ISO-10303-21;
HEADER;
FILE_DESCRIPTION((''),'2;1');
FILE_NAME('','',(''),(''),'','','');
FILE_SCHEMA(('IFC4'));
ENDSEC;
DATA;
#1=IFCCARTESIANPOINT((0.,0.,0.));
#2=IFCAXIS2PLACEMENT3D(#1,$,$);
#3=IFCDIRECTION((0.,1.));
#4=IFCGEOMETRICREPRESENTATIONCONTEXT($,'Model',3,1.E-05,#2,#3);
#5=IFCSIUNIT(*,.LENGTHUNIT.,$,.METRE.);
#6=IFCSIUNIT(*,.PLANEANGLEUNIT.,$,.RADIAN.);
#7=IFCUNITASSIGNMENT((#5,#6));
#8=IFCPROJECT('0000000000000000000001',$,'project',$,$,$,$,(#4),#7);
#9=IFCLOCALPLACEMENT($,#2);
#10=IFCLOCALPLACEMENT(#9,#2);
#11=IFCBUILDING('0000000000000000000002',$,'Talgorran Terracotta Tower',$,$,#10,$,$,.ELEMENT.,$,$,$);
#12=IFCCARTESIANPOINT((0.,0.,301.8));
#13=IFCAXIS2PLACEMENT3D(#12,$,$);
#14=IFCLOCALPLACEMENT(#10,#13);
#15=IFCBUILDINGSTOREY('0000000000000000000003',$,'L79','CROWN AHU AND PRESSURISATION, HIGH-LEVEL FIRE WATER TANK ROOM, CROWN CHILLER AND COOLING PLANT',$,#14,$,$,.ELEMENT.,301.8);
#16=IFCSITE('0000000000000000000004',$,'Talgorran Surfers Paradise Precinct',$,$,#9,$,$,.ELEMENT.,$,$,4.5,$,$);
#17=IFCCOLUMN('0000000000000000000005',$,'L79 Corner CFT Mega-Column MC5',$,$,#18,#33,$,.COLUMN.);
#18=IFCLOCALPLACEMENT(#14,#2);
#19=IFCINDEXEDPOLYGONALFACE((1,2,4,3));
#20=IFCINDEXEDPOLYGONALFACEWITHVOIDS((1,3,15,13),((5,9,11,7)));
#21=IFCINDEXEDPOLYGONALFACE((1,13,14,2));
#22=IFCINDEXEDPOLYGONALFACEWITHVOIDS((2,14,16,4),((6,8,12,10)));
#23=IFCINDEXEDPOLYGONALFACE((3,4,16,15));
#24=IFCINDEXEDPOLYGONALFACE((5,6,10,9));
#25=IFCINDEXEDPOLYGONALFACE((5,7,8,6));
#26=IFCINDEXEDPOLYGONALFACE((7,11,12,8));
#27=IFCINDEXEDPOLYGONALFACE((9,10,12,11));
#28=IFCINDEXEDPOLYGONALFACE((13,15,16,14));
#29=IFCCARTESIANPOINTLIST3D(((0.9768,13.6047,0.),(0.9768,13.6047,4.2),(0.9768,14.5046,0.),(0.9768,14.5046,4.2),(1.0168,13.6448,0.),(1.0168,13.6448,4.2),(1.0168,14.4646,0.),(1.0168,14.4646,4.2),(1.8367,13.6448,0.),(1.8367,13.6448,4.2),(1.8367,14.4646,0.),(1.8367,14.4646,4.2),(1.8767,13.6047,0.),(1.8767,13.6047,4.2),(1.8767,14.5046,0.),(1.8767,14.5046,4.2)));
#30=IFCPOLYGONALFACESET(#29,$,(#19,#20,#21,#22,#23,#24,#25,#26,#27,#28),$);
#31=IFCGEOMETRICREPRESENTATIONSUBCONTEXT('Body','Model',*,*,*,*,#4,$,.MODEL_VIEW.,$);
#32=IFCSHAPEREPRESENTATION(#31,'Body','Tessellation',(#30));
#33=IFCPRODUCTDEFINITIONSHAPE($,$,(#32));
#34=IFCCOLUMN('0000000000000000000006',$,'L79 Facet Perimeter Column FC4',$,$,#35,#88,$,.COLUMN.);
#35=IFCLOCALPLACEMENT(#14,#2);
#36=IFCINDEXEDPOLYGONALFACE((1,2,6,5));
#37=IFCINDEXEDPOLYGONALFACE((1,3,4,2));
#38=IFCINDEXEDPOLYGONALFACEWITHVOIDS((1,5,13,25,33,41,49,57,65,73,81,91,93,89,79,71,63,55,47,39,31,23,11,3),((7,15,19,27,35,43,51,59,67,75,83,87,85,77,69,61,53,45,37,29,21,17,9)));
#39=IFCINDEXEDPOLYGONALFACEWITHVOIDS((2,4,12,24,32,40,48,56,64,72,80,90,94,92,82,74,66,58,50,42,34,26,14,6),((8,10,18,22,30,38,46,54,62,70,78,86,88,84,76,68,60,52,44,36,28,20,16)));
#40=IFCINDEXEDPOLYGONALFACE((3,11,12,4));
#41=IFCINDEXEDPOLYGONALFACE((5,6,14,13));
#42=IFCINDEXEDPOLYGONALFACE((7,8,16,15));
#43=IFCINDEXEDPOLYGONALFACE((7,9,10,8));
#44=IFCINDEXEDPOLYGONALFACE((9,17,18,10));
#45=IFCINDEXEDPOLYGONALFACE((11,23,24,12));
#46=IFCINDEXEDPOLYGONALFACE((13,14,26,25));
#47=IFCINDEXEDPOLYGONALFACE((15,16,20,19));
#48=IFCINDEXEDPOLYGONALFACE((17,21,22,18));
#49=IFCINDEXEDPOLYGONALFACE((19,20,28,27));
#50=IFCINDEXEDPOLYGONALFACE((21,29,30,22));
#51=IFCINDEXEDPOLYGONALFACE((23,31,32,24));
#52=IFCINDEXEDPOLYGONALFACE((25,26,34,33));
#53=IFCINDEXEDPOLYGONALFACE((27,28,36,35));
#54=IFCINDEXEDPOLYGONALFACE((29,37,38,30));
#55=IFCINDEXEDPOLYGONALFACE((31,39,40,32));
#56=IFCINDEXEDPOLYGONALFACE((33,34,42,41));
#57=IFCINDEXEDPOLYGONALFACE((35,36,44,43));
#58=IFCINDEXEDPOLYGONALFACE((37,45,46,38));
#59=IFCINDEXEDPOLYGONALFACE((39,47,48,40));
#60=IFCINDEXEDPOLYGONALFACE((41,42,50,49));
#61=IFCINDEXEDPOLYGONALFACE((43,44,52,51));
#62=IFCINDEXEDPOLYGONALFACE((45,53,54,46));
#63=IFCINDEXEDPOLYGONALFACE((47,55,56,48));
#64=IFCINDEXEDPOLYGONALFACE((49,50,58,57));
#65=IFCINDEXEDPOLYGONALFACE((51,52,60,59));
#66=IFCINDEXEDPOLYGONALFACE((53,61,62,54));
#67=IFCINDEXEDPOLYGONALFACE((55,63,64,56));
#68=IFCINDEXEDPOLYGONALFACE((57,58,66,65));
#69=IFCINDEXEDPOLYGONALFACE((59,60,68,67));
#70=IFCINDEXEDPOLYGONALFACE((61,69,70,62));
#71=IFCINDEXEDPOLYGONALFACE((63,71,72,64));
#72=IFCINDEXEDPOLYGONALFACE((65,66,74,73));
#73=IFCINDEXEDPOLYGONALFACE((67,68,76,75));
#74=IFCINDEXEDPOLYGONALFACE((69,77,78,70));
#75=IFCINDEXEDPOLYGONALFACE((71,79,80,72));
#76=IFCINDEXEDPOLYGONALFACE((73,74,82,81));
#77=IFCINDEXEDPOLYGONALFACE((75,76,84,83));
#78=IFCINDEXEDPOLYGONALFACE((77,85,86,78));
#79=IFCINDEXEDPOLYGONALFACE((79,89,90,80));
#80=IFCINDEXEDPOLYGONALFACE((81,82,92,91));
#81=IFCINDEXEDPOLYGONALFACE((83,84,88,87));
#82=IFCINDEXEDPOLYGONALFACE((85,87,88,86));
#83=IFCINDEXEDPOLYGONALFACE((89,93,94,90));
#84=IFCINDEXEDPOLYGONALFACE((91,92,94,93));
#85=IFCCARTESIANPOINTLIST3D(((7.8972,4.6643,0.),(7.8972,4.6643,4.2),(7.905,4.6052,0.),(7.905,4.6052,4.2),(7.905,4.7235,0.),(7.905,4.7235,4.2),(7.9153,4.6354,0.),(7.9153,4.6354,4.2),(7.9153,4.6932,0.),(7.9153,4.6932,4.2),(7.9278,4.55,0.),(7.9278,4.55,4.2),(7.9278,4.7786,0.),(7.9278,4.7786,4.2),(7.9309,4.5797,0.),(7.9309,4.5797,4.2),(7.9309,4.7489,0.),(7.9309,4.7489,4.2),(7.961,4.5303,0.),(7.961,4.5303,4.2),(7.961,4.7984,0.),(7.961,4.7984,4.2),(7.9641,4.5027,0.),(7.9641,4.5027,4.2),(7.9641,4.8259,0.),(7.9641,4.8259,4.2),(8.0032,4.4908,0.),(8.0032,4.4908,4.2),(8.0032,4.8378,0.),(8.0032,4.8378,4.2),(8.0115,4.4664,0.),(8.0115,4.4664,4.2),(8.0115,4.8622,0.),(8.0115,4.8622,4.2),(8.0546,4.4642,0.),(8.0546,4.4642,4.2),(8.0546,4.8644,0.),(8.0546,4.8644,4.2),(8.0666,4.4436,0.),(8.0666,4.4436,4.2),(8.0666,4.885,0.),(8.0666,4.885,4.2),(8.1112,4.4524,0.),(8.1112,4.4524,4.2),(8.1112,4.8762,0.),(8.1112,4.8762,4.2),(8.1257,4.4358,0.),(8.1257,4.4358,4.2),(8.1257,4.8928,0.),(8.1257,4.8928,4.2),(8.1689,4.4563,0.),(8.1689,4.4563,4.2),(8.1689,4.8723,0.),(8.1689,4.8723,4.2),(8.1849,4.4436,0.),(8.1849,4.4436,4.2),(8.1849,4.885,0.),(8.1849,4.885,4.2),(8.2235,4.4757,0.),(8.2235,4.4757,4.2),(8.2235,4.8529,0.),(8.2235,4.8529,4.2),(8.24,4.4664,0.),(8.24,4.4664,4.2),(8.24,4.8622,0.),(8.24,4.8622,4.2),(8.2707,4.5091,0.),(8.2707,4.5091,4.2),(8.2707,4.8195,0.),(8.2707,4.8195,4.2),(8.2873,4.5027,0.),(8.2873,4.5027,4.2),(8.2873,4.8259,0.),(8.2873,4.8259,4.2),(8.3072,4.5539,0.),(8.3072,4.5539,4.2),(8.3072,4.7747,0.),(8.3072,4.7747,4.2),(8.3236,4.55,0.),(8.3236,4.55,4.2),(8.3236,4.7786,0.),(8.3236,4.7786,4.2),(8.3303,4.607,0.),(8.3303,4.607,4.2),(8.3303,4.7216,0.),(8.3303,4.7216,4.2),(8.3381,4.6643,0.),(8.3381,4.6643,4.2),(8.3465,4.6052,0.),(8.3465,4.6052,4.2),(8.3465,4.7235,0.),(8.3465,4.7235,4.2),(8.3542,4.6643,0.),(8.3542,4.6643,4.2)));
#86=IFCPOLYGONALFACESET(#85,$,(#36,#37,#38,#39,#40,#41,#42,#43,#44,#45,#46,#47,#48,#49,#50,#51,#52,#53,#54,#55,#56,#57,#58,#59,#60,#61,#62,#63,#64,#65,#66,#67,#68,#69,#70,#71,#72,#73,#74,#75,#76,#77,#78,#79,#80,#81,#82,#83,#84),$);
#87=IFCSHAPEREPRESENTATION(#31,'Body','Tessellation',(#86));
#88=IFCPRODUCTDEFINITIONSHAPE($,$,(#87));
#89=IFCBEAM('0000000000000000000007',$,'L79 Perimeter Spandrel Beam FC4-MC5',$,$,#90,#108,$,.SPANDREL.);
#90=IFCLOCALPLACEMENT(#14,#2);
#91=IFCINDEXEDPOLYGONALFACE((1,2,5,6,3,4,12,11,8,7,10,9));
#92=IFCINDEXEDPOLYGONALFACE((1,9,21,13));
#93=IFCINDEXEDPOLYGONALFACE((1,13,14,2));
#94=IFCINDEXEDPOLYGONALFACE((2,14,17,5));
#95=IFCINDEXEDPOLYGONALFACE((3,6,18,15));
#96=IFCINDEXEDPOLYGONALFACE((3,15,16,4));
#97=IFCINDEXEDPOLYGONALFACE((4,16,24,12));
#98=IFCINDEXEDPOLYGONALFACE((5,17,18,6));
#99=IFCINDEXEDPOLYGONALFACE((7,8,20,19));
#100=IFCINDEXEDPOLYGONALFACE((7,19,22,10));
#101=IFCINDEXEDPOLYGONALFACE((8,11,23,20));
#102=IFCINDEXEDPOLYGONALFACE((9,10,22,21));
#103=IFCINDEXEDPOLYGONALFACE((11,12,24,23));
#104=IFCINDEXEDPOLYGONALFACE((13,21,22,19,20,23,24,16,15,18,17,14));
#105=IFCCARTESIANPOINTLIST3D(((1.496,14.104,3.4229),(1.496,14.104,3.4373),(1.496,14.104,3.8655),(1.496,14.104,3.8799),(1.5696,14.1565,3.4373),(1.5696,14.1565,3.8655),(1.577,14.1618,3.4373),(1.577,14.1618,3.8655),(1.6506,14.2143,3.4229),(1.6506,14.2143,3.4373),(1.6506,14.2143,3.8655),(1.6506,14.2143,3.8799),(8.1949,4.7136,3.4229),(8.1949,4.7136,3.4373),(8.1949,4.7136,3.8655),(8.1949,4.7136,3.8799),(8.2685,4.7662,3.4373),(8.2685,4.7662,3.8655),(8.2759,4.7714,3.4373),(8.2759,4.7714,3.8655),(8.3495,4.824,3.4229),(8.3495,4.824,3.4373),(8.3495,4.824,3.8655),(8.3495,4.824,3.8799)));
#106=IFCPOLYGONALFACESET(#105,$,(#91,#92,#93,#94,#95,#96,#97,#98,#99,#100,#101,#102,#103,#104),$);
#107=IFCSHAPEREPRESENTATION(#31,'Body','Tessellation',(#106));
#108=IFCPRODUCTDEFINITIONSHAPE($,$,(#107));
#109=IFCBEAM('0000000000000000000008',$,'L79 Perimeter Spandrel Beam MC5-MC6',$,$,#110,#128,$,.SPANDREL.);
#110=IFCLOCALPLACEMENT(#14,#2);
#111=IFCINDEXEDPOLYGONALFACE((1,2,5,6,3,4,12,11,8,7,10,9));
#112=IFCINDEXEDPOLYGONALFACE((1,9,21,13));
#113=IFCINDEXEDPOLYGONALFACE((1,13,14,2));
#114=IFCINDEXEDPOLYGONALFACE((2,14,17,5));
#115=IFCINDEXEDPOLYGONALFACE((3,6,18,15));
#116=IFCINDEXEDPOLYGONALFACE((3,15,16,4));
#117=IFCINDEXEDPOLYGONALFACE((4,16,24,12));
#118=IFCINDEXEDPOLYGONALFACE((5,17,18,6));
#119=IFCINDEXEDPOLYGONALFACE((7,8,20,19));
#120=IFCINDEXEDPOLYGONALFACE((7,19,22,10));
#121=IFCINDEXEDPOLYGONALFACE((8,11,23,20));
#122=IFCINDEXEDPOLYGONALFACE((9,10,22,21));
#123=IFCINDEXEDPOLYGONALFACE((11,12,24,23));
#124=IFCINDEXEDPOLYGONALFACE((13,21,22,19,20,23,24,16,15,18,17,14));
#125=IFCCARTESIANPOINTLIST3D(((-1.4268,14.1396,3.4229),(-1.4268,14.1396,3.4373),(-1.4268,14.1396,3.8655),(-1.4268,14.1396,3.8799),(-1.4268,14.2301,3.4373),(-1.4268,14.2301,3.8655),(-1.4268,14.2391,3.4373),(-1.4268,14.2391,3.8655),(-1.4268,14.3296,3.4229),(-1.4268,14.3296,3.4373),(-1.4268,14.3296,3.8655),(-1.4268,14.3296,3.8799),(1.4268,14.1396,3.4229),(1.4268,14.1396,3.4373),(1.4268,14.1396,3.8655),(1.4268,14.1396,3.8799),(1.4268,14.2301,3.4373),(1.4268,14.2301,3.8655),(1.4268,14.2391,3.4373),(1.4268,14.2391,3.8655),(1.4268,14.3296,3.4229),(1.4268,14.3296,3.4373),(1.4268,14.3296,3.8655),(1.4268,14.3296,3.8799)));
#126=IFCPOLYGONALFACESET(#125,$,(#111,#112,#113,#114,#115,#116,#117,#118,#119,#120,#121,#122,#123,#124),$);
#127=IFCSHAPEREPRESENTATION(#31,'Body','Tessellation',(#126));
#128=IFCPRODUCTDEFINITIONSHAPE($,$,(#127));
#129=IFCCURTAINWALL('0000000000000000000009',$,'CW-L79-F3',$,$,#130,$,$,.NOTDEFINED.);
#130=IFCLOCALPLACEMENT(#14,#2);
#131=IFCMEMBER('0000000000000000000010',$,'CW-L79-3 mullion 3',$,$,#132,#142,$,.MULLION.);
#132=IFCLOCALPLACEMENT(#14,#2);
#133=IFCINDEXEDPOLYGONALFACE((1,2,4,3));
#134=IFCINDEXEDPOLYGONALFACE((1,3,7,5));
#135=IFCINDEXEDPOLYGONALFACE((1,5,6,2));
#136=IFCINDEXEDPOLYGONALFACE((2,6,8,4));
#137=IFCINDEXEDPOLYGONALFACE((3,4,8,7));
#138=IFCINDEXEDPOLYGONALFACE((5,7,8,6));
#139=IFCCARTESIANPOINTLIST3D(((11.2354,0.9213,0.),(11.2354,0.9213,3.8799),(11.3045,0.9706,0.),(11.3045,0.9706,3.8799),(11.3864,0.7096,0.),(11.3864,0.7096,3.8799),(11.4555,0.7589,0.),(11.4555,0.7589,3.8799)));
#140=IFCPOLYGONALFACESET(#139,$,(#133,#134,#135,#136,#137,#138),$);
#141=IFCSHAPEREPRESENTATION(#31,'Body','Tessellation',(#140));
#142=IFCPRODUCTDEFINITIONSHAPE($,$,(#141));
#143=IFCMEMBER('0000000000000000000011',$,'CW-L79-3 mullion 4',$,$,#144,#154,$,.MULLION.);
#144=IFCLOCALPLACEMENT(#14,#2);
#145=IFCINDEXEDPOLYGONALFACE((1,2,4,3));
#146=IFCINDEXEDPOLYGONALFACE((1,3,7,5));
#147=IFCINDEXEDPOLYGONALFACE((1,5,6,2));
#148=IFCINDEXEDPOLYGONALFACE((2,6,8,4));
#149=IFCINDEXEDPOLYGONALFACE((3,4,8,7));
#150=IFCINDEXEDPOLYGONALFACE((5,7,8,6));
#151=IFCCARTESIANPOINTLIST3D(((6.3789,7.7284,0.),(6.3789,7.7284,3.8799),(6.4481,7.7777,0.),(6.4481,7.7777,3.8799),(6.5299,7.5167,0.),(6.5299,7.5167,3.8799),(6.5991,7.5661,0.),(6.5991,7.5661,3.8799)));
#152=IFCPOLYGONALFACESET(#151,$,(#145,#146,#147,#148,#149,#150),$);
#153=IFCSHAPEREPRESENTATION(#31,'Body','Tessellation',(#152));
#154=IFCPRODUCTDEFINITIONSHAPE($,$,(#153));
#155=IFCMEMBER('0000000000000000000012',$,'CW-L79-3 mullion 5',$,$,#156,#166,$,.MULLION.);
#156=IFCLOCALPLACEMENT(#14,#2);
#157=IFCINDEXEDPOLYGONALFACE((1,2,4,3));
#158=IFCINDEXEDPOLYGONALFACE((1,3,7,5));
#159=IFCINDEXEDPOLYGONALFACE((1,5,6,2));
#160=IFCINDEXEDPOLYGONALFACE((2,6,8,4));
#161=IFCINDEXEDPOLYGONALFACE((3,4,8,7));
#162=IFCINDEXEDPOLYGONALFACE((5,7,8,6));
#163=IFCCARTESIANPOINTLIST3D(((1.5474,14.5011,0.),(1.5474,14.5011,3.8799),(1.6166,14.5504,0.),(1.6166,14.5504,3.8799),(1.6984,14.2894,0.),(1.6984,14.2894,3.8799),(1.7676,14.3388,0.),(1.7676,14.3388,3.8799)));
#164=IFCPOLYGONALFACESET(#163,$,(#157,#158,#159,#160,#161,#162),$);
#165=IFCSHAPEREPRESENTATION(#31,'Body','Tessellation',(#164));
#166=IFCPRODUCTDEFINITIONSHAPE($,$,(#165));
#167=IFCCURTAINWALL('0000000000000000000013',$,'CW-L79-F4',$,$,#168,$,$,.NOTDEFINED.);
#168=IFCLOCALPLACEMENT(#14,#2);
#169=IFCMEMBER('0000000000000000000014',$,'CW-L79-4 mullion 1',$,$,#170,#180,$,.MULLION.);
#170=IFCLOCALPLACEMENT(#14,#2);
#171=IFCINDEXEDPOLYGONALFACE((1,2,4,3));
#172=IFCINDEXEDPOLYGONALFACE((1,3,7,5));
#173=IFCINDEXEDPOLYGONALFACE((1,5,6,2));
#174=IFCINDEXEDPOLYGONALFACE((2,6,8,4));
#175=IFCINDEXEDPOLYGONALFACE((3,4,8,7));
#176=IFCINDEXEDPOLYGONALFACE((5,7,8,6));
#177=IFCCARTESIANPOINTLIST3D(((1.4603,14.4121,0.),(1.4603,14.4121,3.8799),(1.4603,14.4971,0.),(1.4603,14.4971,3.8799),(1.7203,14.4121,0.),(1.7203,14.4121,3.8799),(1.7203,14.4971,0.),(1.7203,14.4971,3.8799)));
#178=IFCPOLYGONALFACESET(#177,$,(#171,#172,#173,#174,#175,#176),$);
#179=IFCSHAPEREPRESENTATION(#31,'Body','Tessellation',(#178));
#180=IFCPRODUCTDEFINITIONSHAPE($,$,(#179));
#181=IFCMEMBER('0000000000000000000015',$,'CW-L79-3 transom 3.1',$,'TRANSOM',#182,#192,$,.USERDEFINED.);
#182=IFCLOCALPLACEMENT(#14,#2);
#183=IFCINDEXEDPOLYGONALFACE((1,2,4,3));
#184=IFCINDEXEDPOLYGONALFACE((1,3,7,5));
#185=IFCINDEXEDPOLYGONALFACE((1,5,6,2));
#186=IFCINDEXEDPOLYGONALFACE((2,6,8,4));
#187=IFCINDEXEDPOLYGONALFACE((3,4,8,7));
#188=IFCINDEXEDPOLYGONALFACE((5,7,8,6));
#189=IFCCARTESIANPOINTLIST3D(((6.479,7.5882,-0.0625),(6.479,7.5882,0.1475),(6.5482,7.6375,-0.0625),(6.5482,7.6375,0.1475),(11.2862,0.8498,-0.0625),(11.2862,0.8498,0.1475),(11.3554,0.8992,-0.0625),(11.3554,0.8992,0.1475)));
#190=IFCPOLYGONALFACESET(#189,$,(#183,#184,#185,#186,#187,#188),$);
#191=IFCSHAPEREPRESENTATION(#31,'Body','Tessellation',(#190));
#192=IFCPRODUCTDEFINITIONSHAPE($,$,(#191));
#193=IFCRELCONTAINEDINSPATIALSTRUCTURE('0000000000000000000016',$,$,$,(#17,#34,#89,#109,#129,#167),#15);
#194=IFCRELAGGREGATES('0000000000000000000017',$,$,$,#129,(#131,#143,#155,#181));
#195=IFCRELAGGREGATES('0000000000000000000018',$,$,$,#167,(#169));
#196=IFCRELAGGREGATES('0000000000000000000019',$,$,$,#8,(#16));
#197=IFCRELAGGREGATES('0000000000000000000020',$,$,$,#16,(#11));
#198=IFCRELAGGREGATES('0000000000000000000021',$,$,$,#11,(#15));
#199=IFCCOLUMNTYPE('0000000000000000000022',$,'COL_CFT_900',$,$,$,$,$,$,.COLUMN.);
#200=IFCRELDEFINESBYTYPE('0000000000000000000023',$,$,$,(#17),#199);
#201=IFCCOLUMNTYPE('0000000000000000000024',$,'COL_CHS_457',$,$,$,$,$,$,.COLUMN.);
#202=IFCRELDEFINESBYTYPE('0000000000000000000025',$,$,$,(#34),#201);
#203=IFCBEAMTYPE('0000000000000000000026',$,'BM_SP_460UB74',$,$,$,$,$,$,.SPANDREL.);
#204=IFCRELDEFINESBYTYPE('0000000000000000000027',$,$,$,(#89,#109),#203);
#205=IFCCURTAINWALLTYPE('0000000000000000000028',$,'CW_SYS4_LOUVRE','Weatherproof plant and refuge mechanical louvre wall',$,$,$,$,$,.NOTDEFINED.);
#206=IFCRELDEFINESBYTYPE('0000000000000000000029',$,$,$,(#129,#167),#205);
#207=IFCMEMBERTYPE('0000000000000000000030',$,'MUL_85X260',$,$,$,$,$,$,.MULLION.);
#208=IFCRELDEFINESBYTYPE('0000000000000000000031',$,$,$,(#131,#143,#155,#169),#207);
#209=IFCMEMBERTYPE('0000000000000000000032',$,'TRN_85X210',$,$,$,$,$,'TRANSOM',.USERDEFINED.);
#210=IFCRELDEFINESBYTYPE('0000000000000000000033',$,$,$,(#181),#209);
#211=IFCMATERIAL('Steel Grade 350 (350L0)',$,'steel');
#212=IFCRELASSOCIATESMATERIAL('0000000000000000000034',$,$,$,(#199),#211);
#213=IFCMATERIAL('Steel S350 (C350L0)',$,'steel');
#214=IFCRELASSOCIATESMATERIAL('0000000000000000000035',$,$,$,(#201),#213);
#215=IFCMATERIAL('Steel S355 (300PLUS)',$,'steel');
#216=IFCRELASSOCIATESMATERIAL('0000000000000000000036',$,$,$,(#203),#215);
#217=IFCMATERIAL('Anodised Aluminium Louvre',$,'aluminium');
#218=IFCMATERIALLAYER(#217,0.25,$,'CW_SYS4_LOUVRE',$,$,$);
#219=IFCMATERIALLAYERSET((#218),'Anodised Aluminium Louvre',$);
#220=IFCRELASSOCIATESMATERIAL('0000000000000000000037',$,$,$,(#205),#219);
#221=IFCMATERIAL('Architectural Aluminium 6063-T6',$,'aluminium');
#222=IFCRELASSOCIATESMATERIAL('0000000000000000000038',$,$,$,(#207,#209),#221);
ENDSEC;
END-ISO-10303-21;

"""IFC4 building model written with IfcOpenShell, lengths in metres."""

from ifc_helpers import new_model, si_unit, direction, frame, origin, origin_2d, place, context, subcontext, project, spatial, rectangle, hollow_rectangle, hollow_circle, i_section, extrude, material, layer, layer_set, material_profile, profile_set, type_object, element, aggregate, save


model = new_model("IFC4")

# Units and contexts
model_context = context("Model", 3, precision=1e-05, world=origin(), true_north=direction((0.0, 1.0)))
body_context = subcontext(model_context, "Body", "Model", "MODEL_VIEW")
ifc_project = project(units=[si_unit("LENGTHUNIT", "METRE"), si_unit("PLANEANGLEUNIT", "RADIAN")], contexts=[model_context])

# Site, building, storey
site_placement = place(None, origin())
site = spatial("IfcSite", under=ifc_project, at=site_placement, Name="Talgorran Surfers Paradise Precinct", CompositionType="ELEMENT", RefElevation=4.5)
building_placement = place(site_placement, origin())
building = spatial("IfcBuilding", under=site, at=building_placement, Name="Talgorran Terracotta Tower", CompositionType="ELEMENT")
storey_placement = place(building_placement, frame((0.0, 0.0, 301.8)))
storey = spatial("IfcBuildingStorey", under=building, at=storey_placement, Name="L79", Description="CROWN AHU AND PRESSURISATION, HIGH-LEVEL FIRE WATER TANK ROOM, CROWN CHILLER AND COOLING PLANT", CompositionType="ELEMENT", Elevation=301.8)

# Columns
ifc_material_1 = material(Name="Steel Grade 350 (350L0)", Category="steel")
ifc_material_profile_1 = material_profile(ifc_material_1, hollow_rectangle(XDim=0.8999, YDim=0.8999, WallThickness=0.04, at=origin_2d()), Name="CFT900X900X40")
ifc_profile_set_1 = profile_set([ifc_material_profile_1], Name="Steel Grade 350 (350L0)")
column_type_1 = type_object("IfcColumnType", Name="COL_CFT_900", PredefinedType="COLUMN", material=ifc_profile_set_1)
column_1_placement = place(storey_placement, frame((1.4268, 14.0547, 0.0), z_axis=(0.0, 0.0, 1.0), x_axis=(1.0, 0.0, 0.0)))
element("IfcColumn", 1, at=column_1_placement, inside=storey, type_object=column_type_1, Name="L79 Corner CFT Mega-Column MC5", PredefinedType="COLUMN", context=body_context, shape_type="SweptSolid", body=[
    extrude(hollow_rectangle(XDim=0.8999, YDim=0.8999, WallThickness=0.04, at=origin_2d()), origin(), (0.0, 0.0, 1.0), 4.2),
])
ifc_material_2 = material(Name="Steel S350 (C350L0)", Category="steel")
ifc_material_profile_2 = material_profile(ifc_material_2, hollow_circle(Radius=0.2285, WallThickness=0.0161, at=origin_2d()), Name="CHS457X16")
ifc_profile_set_2 = profile_set([ifc_material_profile_2], Name="Steel S350 (C350L0)")
column_type_2 = type_object("IfcColumnType", Name="COL_CHS_457", PredefinedType="COLUMN", material=ifc_profile_set_2)
column_2_placement = place(storey_placement, frame((8.1257, 4.6643, 0.0), z_axis=(0.0, 0.0, 1.0), x_axis=(1.0, 0.0, 0.0)))
element("IfcColumn", 2, at=column_2_placement, inside=storey, type_object=column_type_2, Name="L79 Facet Perimeter Column FC4", PredefinedType="COLUMN", context=body_context, shape_type="SweptSolid", body=[
    extrude(hollow_circle(Radius=0.2285, WallThickness=0.0161, at=origin_2d()), origin(), (0.0, 0.0, 1.0), 4.2),
])

# Beams
ifc_material_3 = material(Name="Steel S355 (300PLUS)", Category="steel")
ifc_material_profile_3 = material_profile(ifc_material_3, i_section(OverallWidth=0.1899, OverallDepth=0.457, WebThickness=0.009, FlangeThickness=0.0144, at=origin_2d()), Name="460UB74.6")
ifc_profile_set_3 = profile_set([ifc_material_profile_3], Name="Steel S355 (300PLUS)")
beam_type = type_object("IfcBeamType", Name="BM_SP_460UB74", PredefinedType="SPANDREL", material=ifc_profile_set_3)
beam_1_placement = place(storey_placement, frame((8.2722, 4.7688, 3.6514), z_axis=(-0.580754, 0.814079, 0.0), x_axis=(-0.814079, -0.580754, 0.0)))
element("IfcBeam", 3, at=beam_1_placement, inside=storey, type_object=beam_type, Name="L79 Perimeter Spandrel Beam FC4-MC5", PredefinedType="SPANDREL", context=body_context, shape_type="SweptSolid", body=[
    extrude(i_section(OverallWidth=0.1899, OverallDepth=0.457, WebThickness=0.009, FlangeThickness=0.0144, at=origin_2d()), origin(), (0.0, 0.0, 1.0), 11.5349),
])
beam_2_placement = place(storey_placement, frame((1.4268, 14.2346, 3.6514), z_axis=(-1.0, 0.0, 0.0), x_axis=(0.0, -1.0, 0.0)))
element("IfcBeam", 4, at=beam_2_placement, inside=storey, type_object=beam_type, Name="L79 Perimeter Spandrel Beam MC5-MC6", PredefinedType="SPANDREL", context=body_context, shape_type="SweptSolid", body=[
    extrude(i_section(OverallWidth=0.1899, OverallDepth=0.457, WebThickness=0.009, FlangeThickness=0.0144, at=origin_2d()), origin(), (0.0, 0.0, 1.0), 2.8535),
])

# Curtain wall, members
ifc_material_4 = material(Name="Anodised Aluminium Louvre", Category="aluminium")
ifc_layer_1 = layer(ifc_material_4, 0.25, Name="CW_SYS4_LOUVRE")
ifc_layer_set_1 = layer_set([ifc_layer_1], Name="Anodised Aluminium Louvre")
curtain_wall_type = type_object("IfcCurtainWallType", Name="CW_SYS4_LOUVRE", Description="Weatherproof plant and refuge mechanical louvre wall", PredefinedType="NOTDEFINED", material=ifc_layer_set_1)
curtain_wall_1_placement = place(storey_placement, origin())
curtain_wall_1 = element("IfcCurtainWall", 5, at=curtain_wall_1_placement, inside=storey, type_object=curtain_wall_type, Name="CW-L79-F3", PredefinedType="NOTDEFINED")
ifc_material_5 = material(Name="Architectural Aluminium 6063-T6", Category="aluminium")
ifc_material_profile_4 = material_profile(ifc_material_5, rectangle(XDim=0.085, YDim=0.26, at=origin_2d()), Name="CWM85X260")
ifc_profile_set_4 = profile_set([ifc_material_profile_4], Name="Architectural Aluminium 6063-T6")
member_type_1 = type_object("IfcMemberType", Name="MUL_85X260", PredefinedType="MULLION", material=ifc_profile_set_4)
member_1_placement = place(storey_placement, frame((11.3455, 0.8401, 0.0), z_axis=(0.0, 0.0, 1.0), x_axis=(-0.814076, -0.580758, 0.0)))
member_1 = element("IfcMember", 6, at=member_1_placement, type_object=member_type_1, Name="CW-L79-3 mullion 3", PredefinedType="MULLION", context=body_context, shape_type="SweptSolid", body=[
    extrude(rectangle(XDim=0.085, YDim=0.26, at=origin_2d()), origin(), (0.0, 0.0, 1.0), 3.8799),
])
member_2_placement = place(storey_placement, frame((6.489, 7.6472, 0.0), z_axis=(0.0, 0.0, 1.0), x_axis=(-0.814076, -0.580758, 0.0)))
member_2 = element("IfcMember", 7, at=member_2_placement, type_object=member_type_1, Name="CW-L79-3 mullion 4", PredefinedType="MULLION", context=body_context, shape_type="SweptSolid", body=[
    extrude(rectangle(XDim=0.085, YDim=0.26, at=origin_2d()), origin(), (0.0, 0.0, 1.0), 3.8799),
])
member_3_placement = place(storey_placement, frame((1.6575, 14.4199, 0.0), z_axis=(0.0, 0.0, 1.0), x_axis=(-0.814076, -0.580758, 0.0)))
member_3 = element("IfcMember", 8, at=member_3_placement, type_object=member_type_1, Name="CW-L79-3 mullion 5", PredefinedType="MULLION", context=body_context, shape_type="SweptSolid", body=[
    extrude(rectangle(XDim=0.085, YDim=0.26, at=origin_2d()), origin(), (0.0, 0.0, 1.0), 3.8799),
])

# Curtain wall, member
curtain_wall_2_placement = place(storey_placement, origin())
curtain_wall_2 = element("IfcCurtainWall", 9, at=curtain_wall_2_placement, inside=storey, type_object=curtain_wall_type, Name="CW-L79-F4", PredefinedType="NOTDEFINED")
member_4_placement = place(storey_placement, frame((1.5903, 14.4546, 0.0), z_axis=(0.0, 0.0, 1.0), x_axis=(0.0, -1.0, 0.0)))
member_4 = element("IfcMember", 10, at=member_4_placement, type_object=member_type_1, Name="CW-L79-4 mullion 1", PredefinedType="MULLION", context=body_context, shape_type="SweptSolid", body=[
    extrude(rectangle(XDim=0.085, YDim=0.26, at=origin_2d()), origin(), (0.0, 0.0, 1.0), 3.8799),
])

# Member
ifc_material_profile_5 = material_profile(ifc_material_5, rectangle(XDim=0.085, YDim=0.21, at=origin_2d()), Name="CWT85X210")
ifc_profile_set_5 = profile_set([ifc_material_profile_5], Name="Architectural Aluminium 6063-T6")
member_type_2 = type_object("IfcMemberType", Name="TRN_85X210", ElementType="TRANSOM", PredefinedType="USERDEFINED", material=ifc_profile_set_5)
member_5_placement = place(storey_placement, frame((11.3208, 0.8745, 0.0425), z_axis=(-0.580764, 0.814072, 0.0), x_axis=(-0.814072, -0.580764, 0.0)))
member_5 = element("IfcMember", 11, at=member_5_placement, type_object=member_type_2, Name="CW-L79-3 transom 3.1", ObjectType="TRANSOM", PredefinedType="USERDEFINED", context=body_context, shape_type="SweptSolid", body=[
    extrude(rectangle(XDim=0.085, YDim=0.21, at=origin_2d()), origin(), (0.0, 0.0, 1.0), 8.2773),
])

aggregate(curtain_wall_1, [member_1, member_2, member_3, member_5])
aggregate(curtain_wall_2, [member_4])

save(model, "model.ifc")
